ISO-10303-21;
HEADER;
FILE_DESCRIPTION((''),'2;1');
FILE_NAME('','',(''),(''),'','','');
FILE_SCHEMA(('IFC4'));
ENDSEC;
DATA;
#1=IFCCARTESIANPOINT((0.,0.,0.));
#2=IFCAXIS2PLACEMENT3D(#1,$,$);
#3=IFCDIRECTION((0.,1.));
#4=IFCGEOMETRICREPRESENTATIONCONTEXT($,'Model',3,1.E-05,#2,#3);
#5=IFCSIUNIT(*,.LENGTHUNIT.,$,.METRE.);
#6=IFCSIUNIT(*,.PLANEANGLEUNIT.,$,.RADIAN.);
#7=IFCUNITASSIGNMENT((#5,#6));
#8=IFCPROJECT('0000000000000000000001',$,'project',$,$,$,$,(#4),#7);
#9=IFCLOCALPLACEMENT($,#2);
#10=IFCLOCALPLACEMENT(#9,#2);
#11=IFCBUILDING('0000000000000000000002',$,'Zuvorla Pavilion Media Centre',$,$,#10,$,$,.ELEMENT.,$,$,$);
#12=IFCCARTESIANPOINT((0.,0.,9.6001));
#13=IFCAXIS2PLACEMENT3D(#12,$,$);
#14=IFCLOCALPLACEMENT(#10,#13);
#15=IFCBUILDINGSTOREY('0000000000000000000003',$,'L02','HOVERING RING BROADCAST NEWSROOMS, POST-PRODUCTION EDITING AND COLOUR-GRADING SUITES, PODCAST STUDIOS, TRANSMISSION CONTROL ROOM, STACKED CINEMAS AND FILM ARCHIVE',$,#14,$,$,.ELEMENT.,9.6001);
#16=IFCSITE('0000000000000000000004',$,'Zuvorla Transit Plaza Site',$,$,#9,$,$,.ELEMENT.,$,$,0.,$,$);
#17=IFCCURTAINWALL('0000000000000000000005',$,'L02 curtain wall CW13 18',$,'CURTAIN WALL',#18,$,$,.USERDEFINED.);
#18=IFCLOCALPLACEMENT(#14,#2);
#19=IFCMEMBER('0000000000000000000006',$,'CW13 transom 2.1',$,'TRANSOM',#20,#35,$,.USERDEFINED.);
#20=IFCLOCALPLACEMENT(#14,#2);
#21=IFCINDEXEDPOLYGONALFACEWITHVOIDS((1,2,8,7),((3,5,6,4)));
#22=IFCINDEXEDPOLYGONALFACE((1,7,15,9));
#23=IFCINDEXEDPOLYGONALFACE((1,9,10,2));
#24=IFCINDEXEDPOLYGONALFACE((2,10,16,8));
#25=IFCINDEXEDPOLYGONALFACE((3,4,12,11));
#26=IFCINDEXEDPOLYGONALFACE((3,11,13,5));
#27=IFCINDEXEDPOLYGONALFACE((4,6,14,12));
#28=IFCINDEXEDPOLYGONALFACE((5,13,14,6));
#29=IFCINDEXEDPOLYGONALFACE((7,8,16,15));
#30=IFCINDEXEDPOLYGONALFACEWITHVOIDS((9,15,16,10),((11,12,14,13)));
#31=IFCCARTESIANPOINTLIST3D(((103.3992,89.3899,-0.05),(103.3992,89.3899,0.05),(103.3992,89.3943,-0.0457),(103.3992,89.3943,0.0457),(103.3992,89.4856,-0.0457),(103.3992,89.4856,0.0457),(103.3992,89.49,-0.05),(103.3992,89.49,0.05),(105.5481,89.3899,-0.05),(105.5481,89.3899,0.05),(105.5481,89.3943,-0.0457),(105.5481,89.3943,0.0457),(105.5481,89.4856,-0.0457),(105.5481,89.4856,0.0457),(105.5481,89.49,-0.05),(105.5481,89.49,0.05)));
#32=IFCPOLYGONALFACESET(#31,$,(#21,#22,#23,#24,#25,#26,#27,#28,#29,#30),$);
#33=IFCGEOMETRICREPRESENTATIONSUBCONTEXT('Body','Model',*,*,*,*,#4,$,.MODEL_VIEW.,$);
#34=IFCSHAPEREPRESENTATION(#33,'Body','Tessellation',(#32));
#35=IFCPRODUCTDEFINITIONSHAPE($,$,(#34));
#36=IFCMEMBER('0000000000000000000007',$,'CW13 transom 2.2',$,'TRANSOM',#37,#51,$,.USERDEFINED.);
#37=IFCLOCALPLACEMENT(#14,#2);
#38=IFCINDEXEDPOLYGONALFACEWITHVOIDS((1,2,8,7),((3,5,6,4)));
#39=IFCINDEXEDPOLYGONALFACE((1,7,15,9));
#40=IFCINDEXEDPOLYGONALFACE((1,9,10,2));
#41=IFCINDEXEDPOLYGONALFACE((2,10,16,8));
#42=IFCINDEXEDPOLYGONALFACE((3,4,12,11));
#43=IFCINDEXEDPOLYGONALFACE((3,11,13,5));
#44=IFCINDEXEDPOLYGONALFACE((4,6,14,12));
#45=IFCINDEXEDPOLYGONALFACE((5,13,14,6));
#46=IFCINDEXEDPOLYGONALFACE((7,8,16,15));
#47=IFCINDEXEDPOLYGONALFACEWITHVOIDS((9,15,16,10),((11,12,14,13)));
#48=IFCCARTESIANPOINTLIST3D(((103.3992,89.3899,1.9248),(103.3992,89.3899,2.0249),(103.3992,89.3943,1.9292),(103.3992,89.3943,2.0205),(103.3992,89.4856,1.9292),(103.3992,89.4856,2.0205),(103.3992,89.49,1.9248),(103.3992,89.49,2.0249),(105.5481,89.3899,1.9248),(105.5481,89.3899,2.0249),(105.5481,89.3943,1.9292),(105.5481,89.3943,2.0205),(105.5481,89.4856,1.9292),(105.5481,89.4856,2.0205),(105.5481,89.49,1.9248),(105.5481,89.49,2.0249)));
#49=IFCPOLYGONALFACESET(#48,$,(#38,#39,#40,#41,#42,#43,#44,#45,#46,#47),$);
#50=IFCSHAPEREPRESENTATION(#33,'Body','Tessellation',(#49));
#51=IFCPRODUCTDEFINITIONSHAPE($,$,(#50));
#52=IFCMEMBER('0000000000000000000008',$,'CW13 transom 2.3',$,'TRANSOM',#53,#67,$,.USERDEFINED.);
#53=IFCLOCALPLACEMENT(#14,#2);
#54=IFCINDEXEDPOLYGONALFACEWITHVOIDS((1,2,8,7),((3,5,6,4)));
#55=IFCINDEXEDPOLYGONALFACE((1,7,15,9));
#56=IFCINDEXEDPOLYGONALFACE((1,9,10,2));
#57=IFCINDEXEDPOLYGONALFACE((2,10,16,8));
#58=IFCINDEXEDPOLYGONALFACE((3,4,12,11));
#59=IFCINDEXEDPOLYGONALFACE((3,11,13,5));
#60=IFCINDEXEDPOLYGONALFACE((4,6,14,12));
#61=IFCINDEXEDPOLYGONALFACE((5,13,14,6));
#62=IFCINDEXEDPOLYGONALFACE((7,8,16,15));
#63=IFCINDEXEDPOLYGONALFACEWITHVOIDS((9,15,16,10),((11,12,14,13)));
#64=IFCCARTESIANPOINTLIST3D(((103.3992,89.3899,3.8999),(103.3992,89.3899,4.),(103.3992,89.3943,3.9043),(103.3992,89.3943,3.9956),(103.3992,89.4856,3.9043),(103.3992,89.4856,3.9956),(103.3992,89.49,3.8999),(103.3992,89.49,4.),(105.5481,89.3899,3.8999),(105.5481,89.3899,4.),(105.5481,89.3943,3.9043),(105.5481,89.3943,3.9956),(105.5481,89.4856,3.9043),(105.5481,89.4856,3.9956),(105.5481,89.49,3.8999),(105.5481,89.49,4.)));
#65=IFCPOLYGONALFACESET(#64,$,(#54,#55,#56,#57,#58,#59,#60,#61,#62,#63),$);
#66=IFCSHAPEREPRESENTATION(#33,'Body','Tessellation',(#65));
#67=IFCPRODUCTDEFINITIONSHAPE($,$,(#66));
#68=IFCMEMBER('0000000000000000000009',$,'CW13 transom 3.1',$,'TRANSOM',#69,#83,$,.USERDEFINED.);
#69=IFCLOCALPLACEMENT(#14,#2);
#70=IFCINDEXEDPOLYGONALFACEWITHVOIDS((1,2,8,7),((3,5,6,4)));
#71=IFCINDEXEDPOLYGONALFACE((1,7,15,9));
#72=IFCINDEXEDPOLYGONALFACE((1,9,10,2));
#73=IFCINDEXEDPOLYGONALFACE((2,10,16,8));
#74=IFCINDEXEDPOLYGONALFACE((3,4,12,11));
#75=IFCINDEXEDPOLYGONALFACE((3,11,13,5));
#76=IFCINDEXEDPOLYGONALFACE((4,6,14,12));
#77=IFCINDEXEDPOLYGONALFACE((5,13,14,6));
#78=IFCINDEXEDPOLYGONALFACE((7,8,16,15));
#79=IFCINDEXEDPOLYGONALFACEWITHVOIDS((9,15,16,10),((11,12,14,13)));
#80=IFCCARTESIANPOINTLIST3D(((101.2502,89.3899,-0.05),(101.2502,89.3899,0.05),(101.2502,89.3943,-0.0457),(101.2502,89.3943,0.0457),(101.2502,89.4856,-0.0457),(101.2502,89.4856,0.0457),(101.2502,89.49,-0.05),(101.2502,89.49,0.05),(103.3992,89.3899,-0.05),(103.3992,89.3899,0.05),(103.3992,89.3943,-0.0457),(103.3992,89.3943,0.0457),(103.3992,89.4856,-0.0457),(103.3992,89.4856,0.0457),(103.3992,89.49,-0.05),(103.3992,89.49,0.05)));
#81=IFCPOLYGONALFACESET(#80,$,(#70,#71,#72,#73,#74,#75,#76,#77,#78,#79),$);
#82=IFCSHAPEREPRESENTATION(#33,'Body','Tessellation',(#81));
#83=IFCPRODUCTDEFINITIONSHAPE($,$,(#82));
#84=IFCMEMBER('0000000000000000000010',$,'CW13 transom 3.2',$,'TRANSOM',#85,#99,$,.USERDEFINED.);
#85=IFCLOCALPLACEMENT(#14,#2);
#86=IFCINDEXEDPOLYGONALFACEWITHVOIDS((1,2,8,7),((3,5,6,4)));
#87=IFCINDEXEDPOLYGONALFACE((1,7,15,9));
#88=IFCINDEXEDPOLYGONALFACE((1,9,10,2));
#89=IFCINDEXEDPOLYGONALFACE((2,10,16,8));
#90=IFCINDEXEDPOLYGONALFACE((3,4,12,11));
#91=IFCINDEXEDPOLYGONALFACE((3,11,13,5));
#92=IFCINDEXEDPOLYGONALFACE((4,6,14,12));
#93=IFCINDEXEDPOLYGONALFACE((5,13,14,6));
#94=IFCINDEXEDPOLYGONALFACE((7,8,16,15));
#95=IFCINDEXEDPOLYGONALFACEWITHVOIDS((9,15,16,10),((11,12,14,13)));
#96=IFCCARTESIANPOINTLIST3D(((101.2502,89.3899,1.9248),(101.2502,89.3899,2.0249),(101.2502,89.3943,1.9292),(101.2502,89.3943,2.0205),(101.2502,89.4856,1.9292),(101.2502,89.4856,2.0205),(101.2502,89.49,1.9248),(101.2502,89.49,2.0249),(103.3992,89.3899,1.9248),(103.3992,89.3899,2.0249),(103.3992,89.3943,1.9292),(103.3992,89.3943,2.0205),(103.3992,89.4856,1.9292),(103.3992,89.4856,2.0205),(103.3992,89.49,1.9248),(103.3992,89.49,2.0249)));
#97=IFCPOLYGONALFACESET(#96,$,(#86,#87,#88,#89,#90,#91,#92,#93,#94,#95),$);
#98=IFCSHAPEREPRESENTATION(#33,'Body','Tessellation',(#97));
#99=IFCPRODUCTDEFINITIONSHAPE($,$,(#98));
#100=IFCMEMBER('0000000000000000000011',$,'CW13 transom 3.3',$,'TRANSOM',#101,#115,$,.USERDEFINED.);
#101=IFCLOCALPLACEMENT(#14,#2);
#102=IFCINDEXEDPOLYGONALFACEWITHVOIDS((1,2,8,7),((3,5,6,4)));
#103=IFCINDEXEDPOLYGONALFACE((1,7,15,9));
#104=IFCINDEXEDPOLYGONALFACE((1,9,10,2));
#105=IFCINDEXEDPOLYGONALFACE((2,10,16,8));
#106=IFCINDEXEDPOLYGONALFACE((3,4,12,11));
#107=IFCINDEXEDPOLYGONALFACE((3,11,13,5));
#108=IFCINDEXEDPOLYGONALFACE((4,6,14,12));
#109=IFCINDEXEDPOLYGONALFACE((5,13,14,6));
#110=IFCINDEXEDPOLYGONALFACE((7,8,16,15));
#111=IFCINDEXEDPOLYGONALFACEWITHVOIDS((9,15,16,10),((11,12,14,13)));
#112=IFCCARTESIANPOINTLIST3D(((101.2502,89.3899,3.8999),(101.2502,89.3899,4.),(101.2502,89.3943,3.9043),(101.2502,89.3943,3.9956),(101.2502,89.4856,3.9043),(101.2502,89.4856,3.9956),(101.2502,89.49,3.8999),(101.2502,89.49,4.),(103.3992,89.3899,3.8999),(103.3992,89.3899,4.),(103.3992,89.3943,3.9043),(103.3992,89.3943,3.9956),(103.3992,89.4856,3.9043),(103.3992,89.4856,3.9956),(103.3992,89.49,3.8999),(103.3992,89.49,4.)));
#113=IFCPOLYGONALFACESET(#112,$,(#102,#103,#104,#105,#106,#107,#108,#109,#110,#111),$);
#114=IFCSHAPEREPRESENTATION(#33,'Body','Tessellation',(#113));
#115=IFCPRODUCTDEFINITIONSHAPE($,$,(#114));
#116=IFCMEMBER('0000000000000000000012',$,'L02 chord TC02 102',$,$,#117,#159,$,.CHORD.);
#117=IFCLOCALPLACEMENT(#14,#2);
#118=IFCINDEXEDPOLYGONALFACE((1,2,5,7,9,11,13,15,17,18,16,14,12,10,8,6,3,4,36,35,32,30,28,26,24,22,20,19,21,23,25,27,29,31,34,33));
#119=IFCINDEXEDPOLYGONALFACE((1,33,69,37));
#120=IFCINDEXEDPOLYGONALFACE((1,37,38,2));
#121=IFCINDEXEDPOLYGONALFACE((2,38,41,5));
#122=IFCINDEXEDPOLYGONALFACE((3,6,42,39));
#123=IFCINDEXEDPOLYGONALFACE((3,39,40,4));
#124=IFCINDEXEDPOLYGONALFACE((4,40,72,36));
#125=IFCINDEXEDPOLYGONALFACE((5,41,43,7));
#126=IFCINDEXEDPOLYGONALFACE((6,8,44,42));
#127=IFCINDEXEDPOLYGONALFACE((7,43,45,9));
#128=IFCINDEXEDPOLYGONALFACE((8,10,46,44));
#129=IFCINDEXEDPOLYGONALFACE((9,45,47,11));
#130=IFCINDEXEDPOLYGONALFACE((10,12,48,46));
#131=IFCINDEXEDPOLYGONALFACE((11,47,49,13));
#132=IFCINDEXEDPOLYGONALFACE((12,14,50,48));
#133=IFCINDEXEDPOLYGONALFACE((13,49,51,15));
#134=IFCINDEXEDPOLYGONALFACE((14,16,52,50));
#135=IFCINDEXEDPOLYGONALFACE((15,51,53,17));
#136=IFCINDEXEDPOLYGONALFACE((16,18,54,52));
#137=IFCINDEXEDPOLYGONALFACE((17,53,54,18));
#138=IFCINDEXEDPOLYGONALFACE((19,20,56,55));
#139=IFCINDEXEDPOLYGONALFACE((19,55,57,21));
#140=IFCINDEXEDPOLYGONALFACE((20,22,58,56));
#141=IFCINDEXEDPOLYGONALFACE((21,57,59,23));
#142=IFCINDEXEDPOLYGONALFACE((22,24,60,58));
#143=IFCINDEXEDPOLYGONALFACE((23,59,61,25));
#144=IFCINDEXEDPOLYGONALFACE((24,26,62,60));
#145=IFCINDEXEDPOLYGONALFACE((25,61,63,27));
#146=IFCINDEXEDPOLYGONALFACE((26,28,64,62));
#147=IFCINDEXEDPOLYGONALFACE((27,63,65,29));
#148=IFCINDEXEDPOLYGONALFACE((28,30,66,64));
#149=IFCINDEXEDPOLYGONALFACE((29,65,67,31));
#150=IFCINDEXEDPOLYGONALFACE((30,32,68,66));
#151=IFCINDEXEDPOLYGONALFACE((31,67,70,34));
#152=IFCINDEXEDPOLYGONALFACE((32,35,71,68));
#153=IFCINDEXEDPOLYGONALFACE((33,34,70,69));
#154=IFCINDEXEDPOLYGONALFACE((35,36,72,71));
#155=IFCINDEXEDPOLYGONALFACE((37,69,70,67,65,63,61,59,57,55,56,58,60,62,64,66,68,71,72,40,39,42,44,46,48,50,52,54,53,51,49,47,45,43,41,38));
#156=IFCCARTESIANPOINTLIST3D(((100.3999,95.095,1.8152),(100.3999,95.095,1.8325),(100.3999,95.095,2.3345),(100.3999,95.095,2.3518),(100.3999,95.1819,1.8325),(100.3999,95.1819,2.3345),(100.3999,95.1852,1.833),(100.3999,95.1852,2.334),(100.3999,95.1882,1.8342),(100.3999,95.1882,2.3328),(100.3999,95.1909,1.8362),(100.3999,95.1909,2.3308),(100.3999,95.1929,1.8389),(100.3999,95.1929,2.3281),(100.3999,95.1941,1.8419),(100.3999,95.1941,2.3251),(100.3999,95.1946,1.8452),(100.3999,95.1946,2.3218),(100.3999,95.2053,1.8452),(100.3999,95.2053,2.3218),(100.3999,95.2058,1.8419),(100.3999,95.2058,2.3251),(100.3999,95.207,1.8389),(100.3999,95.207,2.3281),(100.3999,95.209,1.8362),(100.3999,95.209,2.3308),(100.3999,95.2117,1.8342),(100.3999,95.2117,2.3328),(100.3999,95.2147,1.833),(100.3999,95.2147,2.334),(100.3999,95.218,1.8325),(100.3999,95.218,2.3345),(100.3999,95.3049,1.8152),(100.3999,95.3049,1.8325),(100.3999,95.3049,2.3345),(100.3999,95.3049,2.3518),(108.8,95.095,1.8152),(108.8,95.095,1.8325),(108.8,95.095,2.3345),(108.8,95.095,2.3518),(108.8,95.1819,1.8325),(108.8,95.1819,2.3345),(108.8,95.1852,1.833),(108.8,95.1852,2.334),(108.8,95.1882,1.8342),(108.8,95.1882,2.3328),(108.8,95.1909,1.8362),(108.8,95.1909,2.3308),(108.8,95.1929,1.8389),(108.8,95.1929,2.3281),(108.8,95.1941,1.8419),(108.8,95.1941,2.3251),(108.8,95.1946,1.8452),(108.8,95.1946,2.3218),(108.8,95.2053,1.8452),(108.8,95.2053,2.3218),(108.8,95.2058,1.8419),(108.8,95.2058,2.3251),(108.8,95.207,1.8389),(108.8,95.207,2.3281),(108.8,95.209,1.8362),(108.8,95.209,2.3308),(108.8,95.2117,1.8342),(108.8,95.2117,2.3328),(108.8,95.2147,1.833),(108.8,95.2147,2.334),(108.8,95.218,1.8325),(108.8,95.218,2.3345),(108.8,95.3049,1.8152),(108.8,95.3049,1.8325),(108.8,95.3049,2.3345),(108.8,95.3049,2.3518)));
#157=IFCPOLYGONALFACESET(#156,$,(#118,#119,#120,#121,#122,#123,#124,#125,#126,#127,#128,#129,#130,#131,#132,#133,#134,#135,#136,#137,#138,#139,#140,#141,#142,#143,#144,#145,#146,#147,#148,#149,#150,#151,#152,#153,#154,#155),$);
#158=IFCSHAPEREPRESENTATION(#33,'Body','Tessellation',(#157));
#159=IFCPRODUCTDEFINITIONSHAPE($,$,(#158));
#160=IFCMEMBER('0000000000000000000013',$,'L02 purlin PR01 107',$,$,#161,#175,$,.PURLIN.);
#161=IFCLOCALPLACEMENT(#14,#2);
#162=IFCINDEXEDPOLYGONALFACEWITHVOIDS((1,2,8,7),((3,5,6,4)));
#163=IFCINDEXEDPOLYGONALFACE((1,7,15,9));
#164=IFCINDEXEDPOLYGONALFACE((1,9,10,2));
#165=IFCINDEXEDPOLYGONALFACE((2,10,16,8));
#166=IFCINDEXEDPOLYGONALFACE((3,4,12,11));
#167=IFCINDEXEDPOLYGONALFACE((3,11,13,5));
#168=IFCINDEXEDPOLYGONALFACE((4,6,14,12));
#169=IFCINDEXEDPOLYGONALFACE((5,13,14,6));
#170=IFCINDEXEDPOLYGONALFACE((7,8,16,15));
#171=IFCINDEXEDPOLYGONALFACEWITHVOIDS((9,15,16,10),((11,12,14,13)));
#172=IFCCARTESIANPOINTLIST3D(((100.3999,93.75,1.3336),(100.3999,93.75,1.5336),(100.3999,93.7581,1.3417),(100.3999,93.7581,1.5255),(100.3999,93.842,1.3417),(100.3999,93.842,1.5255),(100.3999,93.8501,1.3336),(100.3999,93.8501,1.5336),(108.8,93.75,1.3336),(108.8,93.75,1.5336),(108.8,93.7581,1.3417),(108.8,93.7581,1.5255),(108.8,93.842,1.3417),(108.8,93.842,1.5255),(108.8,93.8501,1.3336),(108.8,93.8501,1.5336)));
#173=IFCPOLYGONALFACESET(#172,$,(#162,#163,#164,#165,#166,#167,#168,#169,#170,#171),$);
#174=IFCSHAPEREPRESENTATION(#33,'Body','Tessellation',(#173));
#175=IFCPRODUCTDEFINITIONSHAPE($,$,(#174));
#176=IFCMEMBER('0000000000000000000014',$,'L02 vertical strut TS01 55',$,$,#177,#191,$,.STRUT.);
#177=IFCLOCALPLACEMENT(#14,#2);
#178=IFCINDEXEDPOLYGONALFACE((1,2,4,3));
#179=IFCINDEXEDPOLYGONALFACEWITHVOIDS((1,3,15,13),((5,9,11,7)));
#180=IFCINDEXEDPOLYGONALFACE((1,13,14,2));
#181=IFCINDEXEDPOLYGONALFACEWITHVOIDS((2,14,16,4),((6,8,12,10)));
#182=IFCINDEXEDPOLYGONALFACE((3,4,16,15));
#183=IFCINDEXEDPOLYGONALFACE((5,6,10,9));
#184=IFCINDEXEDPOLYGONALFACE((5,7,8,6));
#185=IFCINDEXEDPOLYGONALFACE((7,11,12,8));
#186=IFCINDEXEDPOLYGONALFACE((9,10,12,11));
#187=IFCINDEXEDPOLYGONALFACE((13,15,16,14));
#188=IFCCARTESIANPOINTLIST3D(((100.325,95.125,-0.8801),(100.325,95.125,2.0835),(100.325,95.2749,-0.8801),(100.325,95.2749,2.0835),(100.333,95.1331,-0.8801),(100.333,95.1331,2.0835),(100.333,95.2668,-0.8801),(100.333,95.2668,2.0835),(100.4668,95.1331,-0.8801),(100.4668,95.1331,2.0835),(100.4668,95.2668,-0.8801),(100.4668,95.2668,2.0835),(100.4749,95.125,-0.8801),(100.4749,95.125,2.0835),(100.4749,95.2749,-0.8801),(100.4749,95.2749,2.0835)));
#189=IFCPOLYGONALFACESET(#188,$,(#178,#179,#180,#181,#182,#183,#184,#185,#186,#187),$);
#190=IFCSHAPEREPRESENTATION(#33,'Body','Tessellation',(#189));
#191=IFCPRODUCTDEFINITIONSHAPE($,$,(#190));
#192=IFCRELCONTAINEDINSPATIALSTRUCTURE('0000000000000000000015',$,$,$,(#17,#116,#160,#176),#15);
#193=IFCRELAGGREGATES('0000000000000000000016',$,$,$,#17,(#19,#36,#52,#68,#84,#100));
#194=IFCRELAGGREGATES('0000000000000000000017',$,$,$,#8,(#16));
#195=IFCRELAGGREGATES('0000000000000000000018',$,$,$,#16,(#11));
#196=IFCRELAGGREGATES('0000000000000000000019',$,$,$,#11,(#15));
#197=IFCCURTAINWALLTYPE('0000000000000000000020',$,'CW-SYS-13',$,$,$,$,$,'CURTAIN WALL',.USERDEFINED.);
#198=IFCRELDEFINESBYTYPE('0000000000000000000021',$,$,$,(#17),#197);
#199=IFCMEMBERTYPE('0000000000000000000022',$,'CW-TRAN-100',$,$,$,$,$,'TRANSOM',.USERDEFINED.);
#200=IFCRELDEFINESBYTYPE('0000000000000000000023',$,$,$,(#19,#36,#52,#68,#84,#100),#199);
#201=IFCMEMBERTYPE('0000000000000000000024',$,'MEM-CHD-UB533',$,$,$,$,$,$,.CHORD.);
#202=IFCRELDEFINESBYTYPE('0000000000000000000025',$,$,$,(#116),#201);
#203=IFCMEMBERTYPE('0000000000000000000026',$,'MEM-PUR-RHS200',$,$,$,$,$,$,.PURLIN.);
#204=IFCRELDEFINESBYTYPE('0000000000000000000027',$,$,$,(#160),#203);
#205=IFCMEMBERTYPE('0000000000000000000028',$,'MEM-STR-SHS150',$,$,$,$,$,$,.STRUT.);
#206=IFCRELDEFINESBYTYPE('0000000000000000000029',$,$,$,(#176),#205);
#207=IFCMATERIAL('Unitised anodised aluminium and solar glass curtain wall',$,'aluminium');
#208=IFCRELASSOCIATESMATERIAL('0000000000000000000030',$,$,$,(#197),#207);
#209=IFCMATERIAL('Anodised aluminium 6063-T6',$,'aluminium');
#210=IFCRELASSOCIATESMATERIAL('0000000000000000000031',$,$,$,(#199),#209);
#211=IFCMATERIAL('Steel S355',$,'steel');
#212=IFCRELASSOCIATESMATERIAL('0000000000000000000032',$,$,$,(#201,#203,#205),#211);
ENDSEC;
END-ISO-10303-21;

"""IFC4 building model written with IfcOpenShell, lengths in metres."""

from ifc_helpers import new_model, si_unit, direction, frame, origin, origin_2d, place, context, subcontext, project, spatial, hollow_rectangle, i_section, extrude, material, material_profile, profile_set, type_object, element, aggregate, save


model = new_model("IFC4")

# Units and contexts
model_context = context("Model", 3, precision=1e-05, world=origin(), true_north=direction((0.0, 1.0)))
body_context = subcontext(model_context, "Body", "Model", "MODEL_VIEW")
ifc_project = project(units=[si_unit("LENGTHUNIT", "METRE"), si_unit("PLANEANGLEUNIT", "RADIAN")], contexts=[model_context])

# Site, building, storey
site_placement = place(None, origin())
site = spatial("IfcSite", under=ifc_project, at=site_placement, Name="Zuvorla Transit Plaza Site", CompositionType="ELEMENT", RefElevation=0.0)
building_placement = place(site_placement, origin())
building = spatial("IfcBuilding", under=site, at=building_placement, Name="Zuvorla Pavilion Media Centre", CompositionType="ELEMENT")
storey_placement = place(building_placement, frame((0.0, 0.0, 9.6001)))
storey = spatial("IfcBuildingStorey", under=building, at=storey_placement, Name="L02", Description="HOVERING RING BROADCAST NEWSROOMS, POST-PRODUCTION EDITING AND COLOUR-GRADING SUITES, PODCAST STUDIOS, TRANSMISSION CONTROL ROOM, STACKED CINEMAS AND FILM ARCHIVE", CompositionType="ELEMENT", Elevation=9.6001)

# Shared definitions
ifc_material_1 = material(Name="Steel S355", Category="steel")

# Curtain wall, members
ifc_material_2 = material(Name="Unitised anodised aluminium and solar glass curtain wall", Category="aluminium")
curtain_wall_type = type_object("IfcCurtainWallType", Name="CW-SYS-13", ElementType="CURTAIN WALL", PredefinedType="USERDEFINED", material=ifc_material_2)
curtain_wall_placement = place(storey_placement, origin())
curtain_wall = element("IfcCurtainWall", 1, at=curtain_wall_placement, inside=storey, type_object=curtain_wall_type, Name="L02 curtain wall CW13 18", ObjectType="CURTAIN WALL", PredefinedType="USERDEFINED")
ifc_material_3 = material(Name="Anodised aluminium 6063-T6", Category="aluminium")
ifc_material_profile_1 = material_profile(ifc_material_3, hollow_rectangle(XDim=0.1001, YDim=0.1001, WallThickness=0.0044, at=origin_2d()), Name="ALU TRAN 100x100")
ifc_profile_set_1 = profile_set([ifc_material_profile_1], Name="Anodised aluminium 6063-T6")
member_type_1 = type_object("IfcMemberType", Name="CW-TRAN-100", ElementType="TRANSOM", PredefinedType="USERDEFINED", material=ifc_profile_set_1)
member_1_placement = place(storey_placement, frame((105.5481, 89.4399, 0.0), z_axis=(-1.0, 0.0, 0.0), x_axis=(0.0, -1.0, 0.0)))
member_1 = element("IfcMember", 2, at=member_1_placement, type_object=member_type_1, Name="CW13 transom 2.1", ObjectType="TRANSOM", PredefinedType="USERDEFINED", context=body_context, shape_type="SweptSolid", body=[
    extrude(hollow_rectangle(XDim=0.1001, YDim=0.1001, WallThickness=0.0044, at=origin_2d()), origin(), (0.0, 0.0, 1.0), 2.1489),
])
member_2_placement = place(storey_placement, frame((105.5481, 89.4399, 1.9749), z_axis=(-1.0, 0.0, 0.0), x_axis=(0.0, -1.0, 0.0)))
member_2 = element("IfcMember", 3, at=member_2_placement, type_object=member_type_1, Name="CW13 transom 2.2", ObjectType="TRANSOM", PredefinedType="USERDEFINED", context=body_context, shape_type="SweptSolid", body=[
    extrude(hollow_rectangle(XDim=0.1001, YDim=0.1001, WallThickness=0.0044, at=origin_2d()), origin(), (0.0, 0.0, 1.0), 2.1489),
])
member_3_placement = place(storey_placement, frame((105.5481, 89.4399, 3.95), z_axis=(-1.0, 0.0, 0.0), x_axis=(0.0, -1.0, 0.0)))
member_3 = element("IfcMember", 4, at=member_3_placement, type_object=member_type_1, Name="CW13 transom 2.3", ObjectType="TRANSOM", PredefinedType="USERDEFINED", context=body_context, shape_type="SweptSolid", body=[
    extrude(hollow_rectangle(XDim=0.1001, YDim=0.1001, WallThickness=0.0044, at=origin_2d()), origin(), (0.0, 0.0, 1.0), 2.1489),
])
member_4_placement = place(storey_placement, frame((103.3992, 89.4399, 0.0), z_axis=(-1.0, 0.0, 0.0), x_axis=(0.0, -1.0, 0.0)))
member_4 = element("IfcMember", 5, at=member_4_placement, type_object=member_type_1, Name="CW13 transom 3.1", ObjectType="TRANSOM", PredefinedType="USERDEFINED", context=body_context, shape_type="SweptSolid", body=[
    extrude(hollow_rectangle(XDim=0.1001, YDim=0.1001, WallThickness=0.0044, at=origin_2d()), origin(), (0.0, 0.0, 1.0), 2.1489),
])
member_5_placement = place(storey_placement, frame((103.3992, 89.4399, 1.9749), z_axis=(-1.0, 0.0, 0.0), x_axis=(0.0, -1.0, 0.0)))
member_5 = element("IfcMember", 6, at=member_5_placement, type_object=member_type_1, Name="CW13 transom 3.2", ObjectType="TRANSOM", PredefinedType="USERDEFINED", context=body_context, shape_type="SweptSolid", body=[
    extrude(hollow_rectangle(XDim=0.1001, YDim=0.1001, WallThickness=0.0044, at=origin_2d()), origin(), (0.0, 0.0, 1.0), 2.1489),
])
member_6_placement = place(storey_placement, frame((103.3992, 89.4399, 3.95), z_axis=(-1.0, 0.0, 0.0), x_axis=(0.0, -1.0, 0.0)))
member_6 = element("IfcMember", 7, at=member_6_placement, type_object=member_type_1, Name="CW13 transom 3.3", ObjectType="TRANSOM", PredefinedType="USERDEFINED", context=body_context, shape_type="SweptSolid", body=[
    extrude(hollow_rectangle(XDim=0.1001, YDim=0.1001, WallThickness=0.0044, at=origin_2d()), origin(), (0.0, 0.0, 1.0), 2.1489),
])

# Members
ifc_material_profile_2 = material_profile(ifc_material_1, i_section(OverallWidth=0.21, OverallDepth=0.5366, WebThickness=0.0107, FlangeThickness=0.0173, FilletRadius=0.0127, at=origin_2d()), Name="UB 533x210x101")
ifc_profile_set_2 = profile_set([ifc_material_profile_2], Name="Steel S355")
member_type_2 = type_object("IfcMemberType", Name="MEM-CHD-UB533", PredefinedType="CHORD", material=ifc_profile_set_2)
member_7_placement = place(storey_placement, frame((100.3999, 95.2, 2.0835), z_axis=(1.0, 0.0, 0.0), x_axis=(0.0, 1.0, 0.0)))
element("IfcMember", 8, at=member_7_placement, inside=storey, type_object=member_type_2, Name="L02 chord TC02 102", PredefinedType="CHORD", context=body_context, shape_type="SweptSolid", body=[
    extrude(i_section(OverallWidth=0.21, OverallDepth=0.5366, WebThickness=0.0107, FlangeThickness=0.0173, FilletRadius=0.0127, at=origin_2d()), origin(), (0.0, 0.0, 1.0), 8.4001),
])
ifc_material_profile_3 = material_profile(ifc_material_1, hollow_rectangle(XDim=0.1001, YDim=0.2, WallThickness=0.0081, at=origin_2d()), Name="RHS 200x100x8")
ifc_profile_set_3 = profile_set([ifc_material_profile_3], Name="Steel S355")
member_type_3 = type_object("IfcMemberType", Name="MEM-PUR-RHS200", PredefinedType="PURLIN", material=ifc_profile_set_3)
member_8_placement = place(storey_placement, frame((100.3999, 93.8, 1.4336), z_axis=(1.0, 0.0, 0.0), x_axis=(0.0, 1.0, 0.0)))
element("IfcMember", 9, at=member_8_placement, inside=storey, type_object=member_type_3, Name="L02 purlin PR01 107", PredefinedType="PURLIN", context=body_context, shape_type="SweptSolid", body=[
    extrude(hollow_rectangle(XDim=0.1001, YDim=0.2, WallThickness=0.0081, at=origin_2d()), origin(), (0.0, 0.0, 1.0), 8.4001),
])
ifc_material_profile_4 = material_profile(ifc_material_1, hollow_rectangle(XDim=0.1499, YDim=0.1499, WallThickness=0.0081, at=origin_2d()), Name="SHS 150x150x8")
ifc_profile_set_4 = profile_set([ifc_material_profile_4], Name="Steel S355")
member_type_4 = type_object("IfcMemberType", Name="MEM-STR-SHS150", PredefinedType="STRUT", material=ifc_profile_set_4)
member_9_placement = place(storey_placement, frame((100.3999, 95.2, -0.8801), z_axis=(0.0, 0.0, 1.0), x_axis=(1.0, 0.0, 0.0)))
element("IfcMember", 10, at=member_9_placement, inside=storey, type_object=member_type_4, Name="L02 vertical strut TS01 55", PredefinedType="STRUT", context=body_context, shape_type="SweptSolid", body=[
    extrude(hollow_rectangle(XDim=0.1499, YDim=0.1499, WallThickness=0.0081, at=origin_2d()), origin(), (0.0, 0.0, 1.0), 2.9636),
])

aggregate(curtain_wall, [member_1, member_2, member_3, member_4, member_5, member_6])

save(model, "model.ifc")
